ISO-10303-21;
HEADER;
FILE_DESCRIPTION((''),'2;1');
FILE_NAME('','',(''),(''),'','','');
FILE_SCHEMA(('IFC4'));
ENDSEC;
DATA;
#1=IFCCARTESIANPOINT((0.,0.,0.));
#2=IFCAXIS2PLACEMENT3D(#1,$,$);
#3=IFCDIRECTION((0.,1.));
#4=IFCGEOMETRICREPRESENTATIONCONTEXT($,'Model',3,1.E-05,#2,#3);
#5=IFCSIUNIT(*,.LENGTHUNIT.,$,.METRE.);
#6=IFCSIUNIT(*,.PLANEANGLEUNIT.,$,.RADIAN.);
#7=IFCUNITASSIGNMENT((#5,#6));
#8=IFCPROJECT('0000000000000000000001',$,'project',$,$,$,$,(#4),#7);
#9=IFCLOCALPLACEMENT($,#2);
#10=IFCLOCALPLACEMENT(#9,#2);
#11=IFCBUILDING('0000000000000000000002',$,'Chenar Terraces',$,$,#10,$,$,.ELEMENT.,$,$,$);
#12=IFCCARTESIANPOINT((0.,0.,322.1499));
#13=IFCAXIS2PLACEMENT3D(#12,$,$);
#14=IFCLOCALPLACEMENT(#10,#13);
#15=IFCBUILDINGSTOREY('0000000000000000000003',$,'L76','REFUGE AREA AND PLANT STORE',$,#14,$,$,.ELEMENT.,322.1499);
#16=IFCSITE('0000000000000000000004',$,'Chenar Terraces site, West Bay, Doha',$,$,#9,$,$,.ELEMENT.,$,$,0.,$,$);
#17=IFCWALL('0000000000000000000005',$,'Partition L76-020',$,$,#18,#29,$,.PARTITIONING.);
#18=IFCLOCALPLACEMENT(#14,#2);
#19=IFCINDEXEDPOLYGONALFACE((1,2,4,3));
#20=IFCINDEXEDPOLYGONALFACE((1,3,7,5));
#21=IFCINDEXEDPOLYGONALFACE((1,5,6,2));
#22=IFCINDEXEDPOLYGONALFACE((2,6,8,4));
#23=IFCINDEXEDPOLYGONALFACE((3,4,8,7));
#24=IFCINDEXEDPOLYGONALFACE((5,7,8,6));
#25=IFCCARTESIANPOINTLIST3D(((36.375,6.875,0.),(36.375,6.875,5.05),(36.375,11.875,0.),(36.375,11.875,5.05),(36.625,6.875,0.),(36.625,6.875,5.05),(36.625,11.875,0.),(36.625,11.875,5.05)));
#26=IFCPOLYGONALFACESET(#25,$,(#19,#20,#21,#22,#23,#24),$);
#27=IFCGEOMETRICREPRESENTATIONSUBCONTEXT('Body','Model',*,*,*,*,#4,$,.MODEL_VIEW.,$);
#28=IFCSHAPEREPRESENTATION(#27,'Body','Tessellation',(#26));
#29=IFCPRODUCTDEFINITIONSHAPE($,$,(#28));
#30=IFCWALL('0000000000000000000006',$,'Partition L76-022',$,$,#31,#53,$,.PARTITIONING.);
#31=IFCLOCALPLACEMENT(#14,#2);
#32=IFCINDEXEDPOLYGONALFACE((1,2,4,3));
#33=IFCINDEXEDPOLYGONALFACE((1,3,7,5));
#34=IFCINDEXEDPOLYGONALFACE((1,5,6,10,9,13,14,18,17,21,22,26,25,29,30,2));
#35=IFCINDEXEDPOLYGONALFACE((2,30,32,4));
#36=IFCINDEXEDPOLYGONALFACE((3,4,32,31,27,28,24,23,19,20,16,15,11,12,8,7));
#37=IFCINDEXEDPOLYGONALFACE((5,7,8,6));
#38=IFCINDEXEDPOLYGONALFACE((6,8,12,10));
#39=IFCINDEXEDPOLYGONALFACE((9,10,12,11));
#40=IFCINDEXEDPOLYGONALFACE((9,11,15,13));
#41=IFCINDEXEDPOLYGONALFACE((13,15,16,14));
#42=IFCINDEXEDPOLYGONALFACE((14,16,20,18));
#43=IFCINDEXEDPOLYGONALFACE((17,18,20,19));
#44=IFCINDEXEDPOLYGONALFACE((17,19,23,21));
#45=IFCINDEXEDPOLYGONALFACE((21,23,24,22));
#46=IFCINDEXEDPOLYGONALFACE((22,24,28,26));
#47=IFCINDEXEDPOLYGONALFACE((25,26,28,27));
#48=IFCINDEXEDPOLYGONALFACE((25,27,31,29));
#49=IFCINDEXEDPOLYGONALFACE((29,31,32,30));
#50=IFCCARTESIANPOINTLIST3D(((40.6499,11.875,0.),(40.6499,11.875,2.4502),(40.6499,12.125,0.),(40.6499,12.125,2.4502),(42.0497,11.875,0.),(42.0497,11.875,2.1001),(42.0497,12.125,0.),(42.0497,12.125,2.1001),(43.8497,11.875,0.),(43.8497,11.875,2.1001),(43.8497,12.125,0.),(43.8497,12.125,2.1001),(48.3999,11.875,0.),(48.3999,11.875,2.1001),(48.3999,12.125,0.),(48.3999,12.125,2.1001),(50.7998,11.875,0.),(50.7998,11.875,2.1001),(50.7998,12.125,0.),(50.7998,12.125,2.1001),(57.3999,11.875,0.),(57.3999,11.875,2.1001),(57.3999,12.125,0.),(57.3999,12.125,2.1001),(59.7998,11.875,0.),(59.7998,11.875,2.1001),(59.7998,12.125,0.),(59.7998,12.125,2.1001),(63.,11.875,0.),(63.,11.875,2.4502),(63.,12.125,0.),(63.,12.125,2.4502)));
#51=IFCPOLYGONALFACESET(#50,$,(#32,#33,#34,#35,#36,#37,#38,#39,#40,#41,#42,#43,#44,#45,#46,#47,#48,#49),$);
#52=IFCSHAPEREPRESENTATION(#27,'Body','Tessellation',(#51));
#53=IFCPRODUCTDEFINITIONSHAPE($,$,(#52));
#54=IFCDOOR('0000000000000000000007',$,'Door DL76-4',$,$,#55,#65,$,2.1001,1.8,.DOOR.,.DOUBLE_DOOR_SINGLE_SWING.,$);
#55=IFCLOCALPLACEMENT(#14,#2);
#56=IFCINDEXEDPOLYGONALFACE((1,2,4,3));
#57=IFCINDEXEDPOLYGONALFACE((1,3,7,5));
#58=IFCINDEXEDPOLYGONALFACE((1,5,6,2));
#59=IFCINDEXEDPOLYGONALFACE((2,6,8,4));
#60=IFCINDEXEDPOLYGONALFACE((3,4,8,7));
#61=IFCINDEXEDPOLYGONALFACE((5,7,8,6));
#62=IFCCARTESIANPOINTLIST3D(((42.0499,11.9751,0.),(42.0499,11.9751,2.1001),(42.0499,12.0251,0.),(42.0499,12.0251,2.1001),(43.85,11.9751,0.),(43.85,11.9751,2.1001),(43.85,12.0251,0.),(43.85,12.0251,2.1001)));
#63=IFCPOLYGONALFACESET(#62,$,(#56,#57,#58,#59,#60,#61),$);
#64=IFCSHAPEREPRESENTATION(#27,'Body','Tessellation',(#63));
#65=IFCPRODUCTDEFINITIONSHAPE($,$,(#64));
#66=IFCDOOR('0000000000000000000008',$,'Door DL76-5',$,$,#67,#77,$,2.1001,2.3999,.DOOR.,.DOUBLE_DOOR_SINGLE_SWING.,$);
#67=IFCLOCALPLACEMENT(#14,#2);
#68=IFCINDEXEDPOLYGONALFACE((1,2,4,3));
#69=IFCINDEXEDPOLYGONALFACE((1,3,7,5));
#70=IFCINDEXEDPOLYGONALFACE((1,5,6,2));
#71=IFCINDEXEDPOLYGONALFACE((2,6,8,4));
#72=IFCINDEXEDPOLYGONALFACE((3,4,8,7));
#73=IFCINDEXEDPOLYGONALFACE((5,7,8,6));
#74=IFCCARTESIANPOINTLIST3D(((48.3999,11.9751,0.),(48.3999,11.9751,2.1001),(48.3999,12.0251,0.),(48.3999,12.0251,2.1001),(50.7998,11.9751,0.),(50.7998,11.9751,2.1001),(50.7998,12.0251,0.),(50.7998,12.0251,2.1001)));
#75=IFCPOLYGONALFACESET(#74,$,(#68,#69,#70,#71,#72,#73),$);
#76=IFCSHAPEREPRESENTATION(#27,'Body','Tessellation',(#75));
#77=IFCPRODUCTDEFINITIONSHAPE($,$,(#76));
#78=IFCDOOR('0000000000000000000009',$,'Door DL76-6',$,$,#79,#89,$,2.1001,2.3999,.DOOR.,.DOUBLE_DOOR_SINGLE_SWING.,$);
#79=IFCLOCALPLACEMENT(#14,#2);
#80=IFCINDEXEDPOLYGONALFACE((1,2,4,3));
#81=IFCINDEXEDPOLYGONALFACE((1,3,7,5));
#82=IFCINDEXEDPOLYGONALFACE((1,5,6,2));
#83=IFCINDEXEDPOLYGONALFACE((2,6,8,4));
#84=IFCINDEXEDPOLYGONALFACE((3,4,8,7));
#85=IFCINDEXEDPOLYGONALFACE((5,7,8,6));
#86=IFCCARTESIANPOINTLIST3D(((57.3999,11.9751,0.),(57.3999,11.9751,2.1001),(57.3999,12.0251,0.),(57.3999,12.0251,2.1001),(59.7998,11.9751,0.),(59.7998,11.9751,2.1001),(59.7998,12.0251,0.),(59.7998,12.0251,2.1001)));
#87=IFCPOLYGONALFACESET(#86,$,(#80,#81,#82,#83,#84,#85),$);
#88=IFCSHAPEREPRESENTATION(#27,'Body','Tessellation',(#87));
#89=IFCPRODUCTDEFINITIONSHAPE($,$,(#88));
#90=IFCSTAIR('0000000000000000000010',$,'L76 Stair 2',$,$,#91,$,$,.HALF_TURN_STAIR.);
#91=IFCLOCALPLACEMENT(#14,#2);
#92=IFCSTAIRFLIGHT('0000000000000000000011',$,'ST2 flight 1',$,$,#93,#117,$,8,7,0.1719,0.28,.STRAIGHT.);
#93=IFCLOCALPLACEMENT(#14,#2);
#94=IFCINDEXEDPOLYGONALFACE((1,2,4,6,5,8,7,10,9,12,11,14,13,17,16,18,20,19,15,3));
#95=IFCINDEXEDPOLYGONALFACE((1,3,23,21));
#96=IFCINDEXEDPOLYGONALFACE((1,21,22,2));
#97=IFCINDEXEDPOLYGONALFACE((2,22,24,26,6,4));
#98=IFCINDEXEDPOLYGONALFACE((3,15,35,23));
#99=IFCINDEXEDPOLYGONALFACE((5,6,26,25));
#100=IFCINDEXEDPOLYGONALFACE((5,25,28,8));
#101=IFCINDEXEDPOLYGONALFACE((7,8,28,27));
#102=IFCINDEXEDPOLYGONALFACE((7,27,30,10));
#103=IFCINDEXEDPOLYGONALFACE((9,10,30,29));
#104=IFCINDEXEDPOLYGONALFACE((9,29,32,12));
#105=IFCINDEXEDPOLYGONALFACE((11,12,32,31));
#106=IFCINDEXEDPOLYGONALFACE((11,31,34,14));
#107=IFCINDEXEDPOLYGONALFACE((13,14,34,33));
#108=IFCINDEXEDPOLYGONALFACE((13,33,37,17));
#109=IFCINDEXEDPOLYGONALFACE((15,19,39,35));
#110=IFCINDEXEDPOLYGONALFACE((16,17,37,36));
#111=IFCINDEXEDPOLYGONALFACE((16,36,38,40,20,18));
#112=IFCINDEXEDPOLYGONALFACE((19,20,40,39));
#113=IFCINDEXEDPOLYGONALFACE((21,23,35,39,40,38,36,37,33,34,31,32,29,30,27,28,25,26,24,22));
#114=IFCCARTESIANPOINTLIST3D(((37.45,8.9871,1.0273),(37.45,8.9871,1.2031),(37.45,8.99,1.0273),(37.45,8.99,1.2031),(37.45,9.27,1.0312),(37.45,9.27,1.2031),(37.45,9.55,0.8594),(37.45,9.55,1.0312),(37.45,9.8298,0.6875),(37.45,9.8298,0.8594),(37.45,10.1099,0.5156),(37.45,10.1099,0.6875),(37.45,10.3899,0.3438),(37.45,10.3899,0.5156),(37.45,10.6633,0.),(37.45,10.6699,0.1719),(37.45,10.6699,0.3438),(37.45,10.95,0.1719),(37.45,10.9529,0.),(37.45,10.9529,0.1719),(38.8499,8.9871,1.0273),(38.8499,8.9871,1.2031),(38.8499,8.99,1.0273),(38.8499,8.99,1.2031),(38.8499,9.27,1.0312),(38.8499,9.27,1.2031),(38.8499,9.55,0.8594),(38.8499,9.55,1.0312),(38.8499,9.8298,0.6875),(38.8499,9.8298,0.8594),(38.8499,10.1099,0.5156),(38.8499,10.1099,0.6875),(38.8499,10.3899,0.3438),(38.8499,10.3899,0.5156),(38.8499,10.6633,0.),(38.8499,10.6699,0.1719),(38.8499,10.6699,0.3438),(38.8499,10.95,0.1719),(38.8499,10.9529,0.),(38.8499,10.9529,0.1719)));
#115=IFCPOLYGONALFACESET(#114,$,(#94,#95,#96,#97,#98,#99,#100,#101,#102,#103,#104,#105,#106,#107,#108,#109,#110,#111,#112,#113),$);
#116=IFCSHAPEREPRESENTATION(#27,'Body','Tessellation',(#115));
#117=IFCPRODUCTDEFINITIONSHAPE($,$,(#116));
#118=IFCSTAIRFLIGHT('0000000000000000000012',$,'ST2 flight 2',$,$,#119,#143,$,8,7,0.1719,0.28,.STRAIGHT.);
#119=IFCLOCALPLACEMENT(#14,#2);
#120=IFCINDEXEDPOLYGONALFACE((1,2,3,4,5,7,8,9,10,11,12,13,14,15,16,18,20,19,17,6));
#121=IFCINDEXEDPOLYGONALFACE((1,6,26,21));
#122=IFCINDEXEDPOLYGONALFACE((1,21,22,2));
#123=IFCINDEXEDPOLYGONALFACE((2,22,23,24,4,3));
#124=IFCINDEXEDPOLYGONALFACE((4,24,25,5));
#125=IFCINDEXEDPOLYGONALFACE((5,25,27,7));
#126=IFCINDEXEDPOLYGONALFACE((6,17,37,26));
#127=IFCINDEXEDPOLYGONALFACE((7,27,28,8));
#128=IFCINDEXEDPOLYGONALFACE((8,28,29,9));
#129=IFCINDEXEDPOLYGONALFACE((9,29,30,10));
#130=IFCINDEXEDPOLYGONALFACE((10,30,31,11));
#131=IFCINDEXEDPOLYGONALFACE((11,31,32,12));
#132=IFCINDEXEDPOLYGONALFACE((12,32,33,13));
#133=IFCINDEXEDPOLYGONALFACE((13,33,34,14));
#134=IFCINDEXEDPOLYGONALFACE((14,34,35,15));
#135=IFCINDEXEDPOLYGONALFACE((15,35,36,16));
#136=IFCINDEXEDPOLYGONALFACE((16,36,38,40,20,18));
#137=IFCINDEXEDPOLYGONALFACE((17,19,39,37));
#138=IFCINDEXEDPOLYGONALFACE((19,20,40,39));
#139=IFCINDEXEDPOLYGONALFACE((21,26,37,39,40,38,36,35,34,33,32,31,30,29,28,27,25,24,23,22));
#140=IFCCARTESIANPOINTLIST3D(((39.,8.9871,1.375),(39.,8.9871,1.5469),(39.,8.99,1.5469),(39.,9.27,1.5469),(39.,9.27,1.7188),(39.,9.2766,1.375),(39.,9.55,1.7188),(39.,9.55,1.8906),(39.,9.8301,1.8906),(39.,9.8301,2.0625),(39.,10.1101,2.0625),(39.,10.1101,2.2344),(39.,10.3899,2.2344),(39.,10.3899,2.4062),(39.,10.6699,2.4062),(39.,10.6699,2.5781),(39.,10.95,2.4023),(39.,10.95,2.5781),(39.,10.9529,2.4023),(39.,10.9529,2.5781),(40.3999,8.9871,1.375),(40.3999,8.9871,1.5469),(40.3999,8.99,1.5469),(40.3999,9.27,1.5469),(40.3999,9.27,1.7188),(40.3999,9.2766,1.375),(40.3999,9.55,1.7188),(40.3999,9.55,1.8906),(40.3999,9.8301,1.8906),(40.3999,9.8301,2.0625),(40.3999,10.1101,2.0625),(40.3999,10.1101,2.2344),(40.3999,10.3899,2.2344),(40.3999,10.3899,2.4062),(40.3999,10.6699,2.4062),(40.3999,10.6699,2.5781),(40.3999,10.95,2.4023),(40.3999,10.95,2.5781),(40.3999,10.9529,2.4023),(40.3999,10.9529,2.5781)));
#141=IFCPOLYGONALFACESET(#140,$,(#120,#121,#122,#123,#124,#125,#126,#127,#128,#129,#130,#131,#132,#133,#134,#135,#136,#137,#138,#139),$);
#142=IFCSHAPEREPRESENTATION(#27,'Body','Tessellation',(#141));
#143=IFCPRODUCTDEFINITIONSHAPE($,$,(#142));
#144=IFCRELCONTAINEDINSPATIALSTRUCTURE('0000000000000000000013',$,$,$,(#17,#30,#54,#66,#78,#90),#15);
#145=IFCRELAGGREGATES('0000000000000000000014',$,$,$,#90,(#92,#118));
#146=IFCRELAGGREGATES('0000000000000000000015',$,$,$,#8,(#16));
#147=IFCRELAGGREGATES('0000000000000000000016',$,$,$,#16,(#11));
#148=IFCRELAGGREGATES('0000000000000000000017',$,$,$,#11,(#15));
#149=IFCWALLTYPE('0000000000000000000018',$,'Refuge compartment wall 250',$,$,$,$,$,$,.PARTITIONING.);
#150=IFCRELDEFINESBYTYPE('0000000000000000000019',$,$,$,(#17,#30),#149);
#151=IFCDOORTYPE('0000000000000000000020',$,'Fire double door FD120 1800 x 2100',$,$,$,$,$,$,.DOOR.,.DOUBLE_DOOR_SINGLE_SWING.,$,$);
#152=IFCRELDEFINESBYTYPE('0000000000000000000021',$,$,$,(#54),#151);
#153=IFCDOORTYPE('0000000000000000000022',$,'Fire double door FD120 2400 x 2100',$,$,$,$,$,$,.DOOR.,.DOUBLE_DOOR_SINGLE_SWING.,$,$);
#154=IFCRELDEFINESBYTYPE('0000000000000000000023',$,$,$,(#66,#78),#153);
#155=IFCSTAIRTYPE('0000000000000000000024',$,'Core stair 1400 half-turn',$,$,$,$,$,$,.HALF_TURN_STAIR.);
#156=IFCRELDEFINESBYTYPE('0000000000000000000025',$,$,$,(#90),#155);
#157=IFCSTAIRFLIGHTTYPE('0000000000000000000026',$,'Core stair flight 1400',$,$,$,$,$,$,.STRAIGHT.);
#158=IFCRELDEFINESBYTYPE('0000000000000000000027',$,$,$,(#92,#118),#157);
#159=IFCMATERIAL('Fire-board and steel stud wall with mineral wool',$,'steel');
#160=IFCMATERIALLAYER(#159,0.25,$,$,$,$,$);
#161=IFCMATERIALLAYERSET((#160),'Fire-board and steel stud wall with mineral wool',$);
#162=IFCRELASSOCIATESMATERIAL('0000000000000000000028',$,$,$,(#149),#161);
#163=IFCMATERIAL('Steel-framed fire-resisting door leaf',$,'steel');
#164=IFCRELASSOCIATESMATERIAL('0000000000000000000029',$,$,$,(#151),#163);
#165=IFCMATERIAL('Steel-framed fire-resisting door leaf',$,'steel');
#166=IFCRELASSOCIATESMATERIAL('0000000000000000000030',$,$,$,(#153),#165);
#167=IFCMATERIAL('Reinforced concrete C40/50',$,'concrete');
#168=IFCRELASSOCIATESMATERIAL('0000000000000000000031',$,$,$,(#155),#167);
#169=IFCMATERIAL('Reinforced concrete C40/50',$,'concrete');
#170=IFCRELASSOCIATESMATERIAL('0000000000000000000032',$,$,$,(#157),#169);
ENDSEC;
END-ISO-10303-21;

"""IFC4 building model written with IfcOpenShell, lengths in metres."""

from ifc_helpers import new_model, si_unit, direction, frame, frame_2d, origin, place, context, subcontext, project, spatial, polyline, rectangle, outline, extrude, material, layer, layer_set, type_object, element, fill, aggregate, save


model = new_model("IFC4")

# Units and contexts
model_context = context("Model", 3, precision=1e-05, world=origin(), true_north=direction((0.0, 1.0)))
body_context = subcontext(model_context, "Body", "Model", "MODEL_VIEW")
ifc_project = project(units=[si_unit("LENGTHUNIT", "METRE"), si_unit("PLANEANGLEUNIT", "RADIAN")], contexts=[model_context])

# Site, building, storey
site_placement = place(None, origin())
site = spatial("IfcSite", under=ifc_project, at=site_placement, Name="Chenar Terraces site, West Bay, Doha", CompositionType="ELEMENT", RefElevation=0.0)
building_placement = place(site_placement, origin())
building = spatial("IfcBuilding", under=site, at=building_placement, Name="Chenar Terraces", CompositionType="ELEMENT")
storey_placement = place(building_placement, frame((0.0, 0.0, 322.1499)))
storey = spatial("IfcBuildingStorey", under=building, at=storey_placement, Name="L76", Description="REFUGE AREA AND PLANT STORE", CompositionType="ELEMENT", Elevation=322.1499)

# Wall
ifc_material_1 = material(Name="Fire-board and steel stud wall with mineral wool", Category="steel")
ifc_layer_1 = layer(ifc_material_1, 0.25)
ifc_layer_set_1 = layer_set([ifc_layer_1], Name="Fire-board and steel stud wall with mineral wool")
wall_type_1 = type_object("IfcWallType", Name="Refuge compartment wall 250", PredefinedType="PARTITIONING", material=ifc_layer_set_1)
wall_1_placement = place(storey_placement, frame((36.5, 6.875, 0.0), z_axis=(0.0, 0.0, 1.0), x_axis=(0.0, 1.0, 0.0)))
element("IfcWall", 1, at=wall_1_placement, inside=storey, type_object=wall_type_1, Name="Partition L76-020", PredefinedType="PARTITIONING", context=body_context, shape_type="SweptSolid", body=[
    extrude(rectangle(XDim=5.0, YDim=0.25, at=frame_2d((2.5, 0.0))), origin(), (0.0, 0.0, 1.0), 5.05),
])

# Wall, openings, doors
wall_2_placement = place(storey_placement, frame((40.6499, 12.0, 0.0), z_axis=(0.0, 0.0, 1.0), x_axis=(1.0, 0.0, 0.0)))
wall_2 = element("IfcWall", 2, at=wall_2_placement, inside=storey, type_object=wall_type_1, Name="Partition L76-022", PredefinedType="PARTITIONING", context=body_context, shape_type="SweptSolid", body=[
    extrude(rectangle(XDim=22.3501, YDim=0.25, at=frame_2d((11.175, 0.0))), origin(), (0.0, 0.0, 1.0), 2.4502),
])
opening_1_placement = place(wall_2_placement, frame((1.3999, 0.0, 0.0)))
opening_1 = element("IfcOpeningElement", 3, at=opening_1_placement, cuts=wall_2, PredefinedType="OPENING", context=body_context, shape_type="SweptSolid", body=[
    extrude(rectangle(XDim=1.8, YDim=2.1001, at=frame_2d((0.8999, 1.05))), frame((0.0, 0.135, 0.0), z_axis=(0.0, -1.0, 0.0), x_axis=(1.0, 0.0, 0.0)), (0.0, 0.0, 1.0), 0.27),
])
opening_2_placement = place(wall_2_placement, frame((7.75, 0.0, 0.0)))
opening_2 = element("IfcOpeningElement", 4, at=opening_2_placement, cuts=wall_2, PredefinedType="OPENING", context=body_context, shape_type="SweptSolid", body=[
    extrude(rectangle(XDim=2.3999, YDim=2.1001, at=frame_2d((1.2, 1.05))), frame((0.0, 0.135, 0.0), z_axis=(0.0, -1.0, 0.0), x_axis=(1.0, 0.0, 0.0)), (0.0, 0.0, 1.0), 0.27),
])
opening_3_placement = place(wall_2_placement, frame((16.75, 0.0, 0.0)))
opening_3 = element("IfcOpeningElement", 5, at=opening_3_placement, cuts=wall_2, PredefinedType="OPENING", context=body_context, shape_type="SweptSolid", body=[
    extrude(rectangle(XDim=2.3999, YDim=2.1001, at=frame_2d((1.2, 1.05))), frame((0.0, 0.135, 0.0), z_axis=(0.0, -1.0, 0.0), x_axis=(1.0, 0.0, 0.0)), (0.0, 0.0, 1.0), 0.27),
])
ifc_material_2 = material(Name="Steel-framed fire-resisting door leaf", Category="steel")
door_type_1 = type_object("IfcDoorType", Name="Fire double door FD120 1800 x 2100", OperationType="DOUBLE_DOOR_SINGLE_SWING", PredefinedType="DOOR", material=ifc_material_2)
door_1_placement = place(opening_1_placement, frame((1.8, 0.0, 0.0), z_axis=(0.0, 0.0, 1.0), x_axis=(-1.0, 0.0, 0.0)))
door_1 = element("IfcDoor", 6, at=door_1_placement, inside=storey, type_object=door_type_1, Name="Door DL76-4", OperationType="DOUBLE_DOOR_SINGLE_SWING", OverallHeight=2.1001, OverallWidth=1.8, PredefinedType="DOOR", context=body_context, shape_type="SweptSolid", body=[
    extrude(rectangle(XDim=1.8, YDim=2.1001, at=frame_2d((0.8999, 1.05))), frame((0.0, 0.0249, 0.0), z_axis=(0.0, -1.0, 0.0), x_axis=(1.0, 0.0, 0.0)), (0.0, 0.0, 1.0), 0.05),
])
fill(opening_1, door_1)
ifc_material_3 = material(Name="Steel-framed fire-resisting door leaf", Category="steel")
door_type_2 = type_object("IfcDoorType", Name="Fire double door FD120 2400 x 2100", OperationType="DOUBLE_DOOR_SINGLE_SWING", PredefinedType="DOOR", material=ifc_material_3)
door_2_placement = place(opening_2_placement, frame((2.3999, 0.0, 0.0), z_axis=(0.0, 0.0, 1.0), x_axis=(-1.0, 0.0, 0.0)))
door_2 = element("IfcDoor", 7, at=door_2_placement, inside=storey, type_object=door_type_2, Name="Door DL76-5", OperationType="DOUBLE_DOOR_SINGLE_SWING", OverallHeight=2.1001, OverallWidth=2.3999, PredefinedType="DOOR", context=body_context, shape_type="SweptSolid", body=[
    extrude(rectangle(XDim=2.3999, YDim=2.1001, at=frame_2d((1.2, 1.05))), frame((0.0, 0.0249, 0.0), z_axis=(0.0, -1.0, 0.0), x_axis=(1.0, 0.0, 0.0)), (0.0, 0.0, 1.0), 0.05),
])
fill(opening_2, door_2)
door_3_placement = place(opening_3_placement, frame((2.3999, 0.0, 0.0), z_axis=(0.0, 0.0, 1.0), x_axis=(-1.0, 0.0, 0.0)))
door_3 = element("IfcDoor", 8, at=door_3_placement, inside=storey, type_object=door_type_2, Name="Door DL76-6", OperationType="DOUBLE_DOOR_SINGLE_SWING", OverallHeight=2.1001, OverallWidth=2.3999, PredefinedType="DOOR", context=body_context, shape_type="SweptSolid", body=[
    extrude(rectangle(XDim=2.3999, YDim=2.1001, at=frame_2d((1.2, 1.05))), frame((0.0, 0.0249, 0.0), z_axis=(0.0, -1.0, 0.0), x_axis=(1.0, 0.0, 0.0)), (0.0, 0.0, 1.0), 0.05),
])
fill(opening_3, door_3)

# Stair, stair flights
ifc_material_4 = material(Name="Reinforced concrete C40/50", Category="concrete")
stair_type = type_object("IfcStairType", Name="Core stair 1400 half-turn", PredefinedType="HALF_TURN_STAIR", material=ifc_material_4)
stair_placement = place(storey_placement, origin())
stair = element("IfcStair", 9, at=stair_placement, inside=storey, type_object=stair_type, Name="L76 Stair 2", PredefinedType="HALF_TURN_STAIR")
ifc_material_5 = material(Name="Reinforced concrete C40/50", Category="concrete")
stair_flight_type = type_object("IfcStairFlightType", Name="Core stair flight 1400", PredefinedType="STRAIGHT", material=ifc_material_5)
stair_flight_1_placement = place(storey_placement, frame((38.1499, 10.95, 0.0), z_axis=(0.0, 0.0, 1.0), x_axis=(0.0, -1.0, 0.0)))
stair_flight_1 = element("IfcStairFlight", 10, at=stair_flight_1_placement, type_object=stair_flight_type, Name="ST2 flight 1", NumberOfRisers=8, NumberOfTreads=7, PredefinedType="STRAIGHT", RiserHeight=0.1719, TreadLength=0.28, context=body_context, shape_type="SweptSolid", body=[
    extrude(outline(polyline([(-0.0029, 0.0), (-0.0029, 0.1719), (0.0, 0.1719), (0.28, 0.1719), (0.28, 0.3438), (0.5601, 0.3438), (0.5601, 0.5156), (0.8401, 0.5156), (0.8401, 0.6875), (1.1201, 0.6875), (1.1201, 0.8594), (1.3999, 0.8594), (1.3999, 1.0312), (1.6799, 1.0312), (1.6799, 1.2031), (1.96, 1.2031), (1.9629, 1.2031), (1.9629, 1.0273), (1.96, 1.0273), (0.2866, 0.0), (-0.0029, 0.0)])), frame((0.0, 0.7, 0.0), z_axis=(0.0, -1.0, 0.0), x_axis=(1.0, 0.0, 0.0)), (0.0, 0.0, 1.0), 1.3999),
])
stair_flight_2_placement = place(storey_placement, frame((39.7, 8.99, 1.375), z_axis=(0.0, 0.0, 1.0), x_axis=(0.0, 1.0, 0.0)))
stair_flight_2 = element("IfcStairFlight", 11, at=stair_flight_2_placement, type_object=stair_flight_type, Name="ST2 flight 2", NumberOfRisers=8, NumberOfTreads=7, PredefinedType="STRAIGHT", RiserHeight=0.1719, TreadLength=0.28, context=body_context, shape_type="SweptSolid", body=[
    extrude(outline(polyline([(-0.0029, 0.0), (-0.0029, 0.1719), (0.0, 0.1719), (0.28, 0.1719), (0.28, 0.3438), (0.5601, 0.3438), (0.5601, 0.5156), (0.8401, 0.5156), (0.8401, 0.6875), (1.1201, 0.6875), (1.1201, 0.8594), (1.3999, 0.8594), (1.3999, 1.0312), (1.6799, 1.0312), (1.6799, 1.2031), (1.96, 1.2031), (1.9629, 1.2031), (1.9629, 1.0273), (1.96, 1.0273), (0.2866, 0.0), (-0.0029, 0.0)])), frame((0.0, 0.7, 0.0), z_axis=(0.0, -1.0, 0.0), x_axis=(1.0, 0.0, 0.0)), (0.0, 0.0, 1.0), 1.3999),
])
aggregate(stair, [stair_flight_1, stair_flight_2])

save(model, "model.ifc")
